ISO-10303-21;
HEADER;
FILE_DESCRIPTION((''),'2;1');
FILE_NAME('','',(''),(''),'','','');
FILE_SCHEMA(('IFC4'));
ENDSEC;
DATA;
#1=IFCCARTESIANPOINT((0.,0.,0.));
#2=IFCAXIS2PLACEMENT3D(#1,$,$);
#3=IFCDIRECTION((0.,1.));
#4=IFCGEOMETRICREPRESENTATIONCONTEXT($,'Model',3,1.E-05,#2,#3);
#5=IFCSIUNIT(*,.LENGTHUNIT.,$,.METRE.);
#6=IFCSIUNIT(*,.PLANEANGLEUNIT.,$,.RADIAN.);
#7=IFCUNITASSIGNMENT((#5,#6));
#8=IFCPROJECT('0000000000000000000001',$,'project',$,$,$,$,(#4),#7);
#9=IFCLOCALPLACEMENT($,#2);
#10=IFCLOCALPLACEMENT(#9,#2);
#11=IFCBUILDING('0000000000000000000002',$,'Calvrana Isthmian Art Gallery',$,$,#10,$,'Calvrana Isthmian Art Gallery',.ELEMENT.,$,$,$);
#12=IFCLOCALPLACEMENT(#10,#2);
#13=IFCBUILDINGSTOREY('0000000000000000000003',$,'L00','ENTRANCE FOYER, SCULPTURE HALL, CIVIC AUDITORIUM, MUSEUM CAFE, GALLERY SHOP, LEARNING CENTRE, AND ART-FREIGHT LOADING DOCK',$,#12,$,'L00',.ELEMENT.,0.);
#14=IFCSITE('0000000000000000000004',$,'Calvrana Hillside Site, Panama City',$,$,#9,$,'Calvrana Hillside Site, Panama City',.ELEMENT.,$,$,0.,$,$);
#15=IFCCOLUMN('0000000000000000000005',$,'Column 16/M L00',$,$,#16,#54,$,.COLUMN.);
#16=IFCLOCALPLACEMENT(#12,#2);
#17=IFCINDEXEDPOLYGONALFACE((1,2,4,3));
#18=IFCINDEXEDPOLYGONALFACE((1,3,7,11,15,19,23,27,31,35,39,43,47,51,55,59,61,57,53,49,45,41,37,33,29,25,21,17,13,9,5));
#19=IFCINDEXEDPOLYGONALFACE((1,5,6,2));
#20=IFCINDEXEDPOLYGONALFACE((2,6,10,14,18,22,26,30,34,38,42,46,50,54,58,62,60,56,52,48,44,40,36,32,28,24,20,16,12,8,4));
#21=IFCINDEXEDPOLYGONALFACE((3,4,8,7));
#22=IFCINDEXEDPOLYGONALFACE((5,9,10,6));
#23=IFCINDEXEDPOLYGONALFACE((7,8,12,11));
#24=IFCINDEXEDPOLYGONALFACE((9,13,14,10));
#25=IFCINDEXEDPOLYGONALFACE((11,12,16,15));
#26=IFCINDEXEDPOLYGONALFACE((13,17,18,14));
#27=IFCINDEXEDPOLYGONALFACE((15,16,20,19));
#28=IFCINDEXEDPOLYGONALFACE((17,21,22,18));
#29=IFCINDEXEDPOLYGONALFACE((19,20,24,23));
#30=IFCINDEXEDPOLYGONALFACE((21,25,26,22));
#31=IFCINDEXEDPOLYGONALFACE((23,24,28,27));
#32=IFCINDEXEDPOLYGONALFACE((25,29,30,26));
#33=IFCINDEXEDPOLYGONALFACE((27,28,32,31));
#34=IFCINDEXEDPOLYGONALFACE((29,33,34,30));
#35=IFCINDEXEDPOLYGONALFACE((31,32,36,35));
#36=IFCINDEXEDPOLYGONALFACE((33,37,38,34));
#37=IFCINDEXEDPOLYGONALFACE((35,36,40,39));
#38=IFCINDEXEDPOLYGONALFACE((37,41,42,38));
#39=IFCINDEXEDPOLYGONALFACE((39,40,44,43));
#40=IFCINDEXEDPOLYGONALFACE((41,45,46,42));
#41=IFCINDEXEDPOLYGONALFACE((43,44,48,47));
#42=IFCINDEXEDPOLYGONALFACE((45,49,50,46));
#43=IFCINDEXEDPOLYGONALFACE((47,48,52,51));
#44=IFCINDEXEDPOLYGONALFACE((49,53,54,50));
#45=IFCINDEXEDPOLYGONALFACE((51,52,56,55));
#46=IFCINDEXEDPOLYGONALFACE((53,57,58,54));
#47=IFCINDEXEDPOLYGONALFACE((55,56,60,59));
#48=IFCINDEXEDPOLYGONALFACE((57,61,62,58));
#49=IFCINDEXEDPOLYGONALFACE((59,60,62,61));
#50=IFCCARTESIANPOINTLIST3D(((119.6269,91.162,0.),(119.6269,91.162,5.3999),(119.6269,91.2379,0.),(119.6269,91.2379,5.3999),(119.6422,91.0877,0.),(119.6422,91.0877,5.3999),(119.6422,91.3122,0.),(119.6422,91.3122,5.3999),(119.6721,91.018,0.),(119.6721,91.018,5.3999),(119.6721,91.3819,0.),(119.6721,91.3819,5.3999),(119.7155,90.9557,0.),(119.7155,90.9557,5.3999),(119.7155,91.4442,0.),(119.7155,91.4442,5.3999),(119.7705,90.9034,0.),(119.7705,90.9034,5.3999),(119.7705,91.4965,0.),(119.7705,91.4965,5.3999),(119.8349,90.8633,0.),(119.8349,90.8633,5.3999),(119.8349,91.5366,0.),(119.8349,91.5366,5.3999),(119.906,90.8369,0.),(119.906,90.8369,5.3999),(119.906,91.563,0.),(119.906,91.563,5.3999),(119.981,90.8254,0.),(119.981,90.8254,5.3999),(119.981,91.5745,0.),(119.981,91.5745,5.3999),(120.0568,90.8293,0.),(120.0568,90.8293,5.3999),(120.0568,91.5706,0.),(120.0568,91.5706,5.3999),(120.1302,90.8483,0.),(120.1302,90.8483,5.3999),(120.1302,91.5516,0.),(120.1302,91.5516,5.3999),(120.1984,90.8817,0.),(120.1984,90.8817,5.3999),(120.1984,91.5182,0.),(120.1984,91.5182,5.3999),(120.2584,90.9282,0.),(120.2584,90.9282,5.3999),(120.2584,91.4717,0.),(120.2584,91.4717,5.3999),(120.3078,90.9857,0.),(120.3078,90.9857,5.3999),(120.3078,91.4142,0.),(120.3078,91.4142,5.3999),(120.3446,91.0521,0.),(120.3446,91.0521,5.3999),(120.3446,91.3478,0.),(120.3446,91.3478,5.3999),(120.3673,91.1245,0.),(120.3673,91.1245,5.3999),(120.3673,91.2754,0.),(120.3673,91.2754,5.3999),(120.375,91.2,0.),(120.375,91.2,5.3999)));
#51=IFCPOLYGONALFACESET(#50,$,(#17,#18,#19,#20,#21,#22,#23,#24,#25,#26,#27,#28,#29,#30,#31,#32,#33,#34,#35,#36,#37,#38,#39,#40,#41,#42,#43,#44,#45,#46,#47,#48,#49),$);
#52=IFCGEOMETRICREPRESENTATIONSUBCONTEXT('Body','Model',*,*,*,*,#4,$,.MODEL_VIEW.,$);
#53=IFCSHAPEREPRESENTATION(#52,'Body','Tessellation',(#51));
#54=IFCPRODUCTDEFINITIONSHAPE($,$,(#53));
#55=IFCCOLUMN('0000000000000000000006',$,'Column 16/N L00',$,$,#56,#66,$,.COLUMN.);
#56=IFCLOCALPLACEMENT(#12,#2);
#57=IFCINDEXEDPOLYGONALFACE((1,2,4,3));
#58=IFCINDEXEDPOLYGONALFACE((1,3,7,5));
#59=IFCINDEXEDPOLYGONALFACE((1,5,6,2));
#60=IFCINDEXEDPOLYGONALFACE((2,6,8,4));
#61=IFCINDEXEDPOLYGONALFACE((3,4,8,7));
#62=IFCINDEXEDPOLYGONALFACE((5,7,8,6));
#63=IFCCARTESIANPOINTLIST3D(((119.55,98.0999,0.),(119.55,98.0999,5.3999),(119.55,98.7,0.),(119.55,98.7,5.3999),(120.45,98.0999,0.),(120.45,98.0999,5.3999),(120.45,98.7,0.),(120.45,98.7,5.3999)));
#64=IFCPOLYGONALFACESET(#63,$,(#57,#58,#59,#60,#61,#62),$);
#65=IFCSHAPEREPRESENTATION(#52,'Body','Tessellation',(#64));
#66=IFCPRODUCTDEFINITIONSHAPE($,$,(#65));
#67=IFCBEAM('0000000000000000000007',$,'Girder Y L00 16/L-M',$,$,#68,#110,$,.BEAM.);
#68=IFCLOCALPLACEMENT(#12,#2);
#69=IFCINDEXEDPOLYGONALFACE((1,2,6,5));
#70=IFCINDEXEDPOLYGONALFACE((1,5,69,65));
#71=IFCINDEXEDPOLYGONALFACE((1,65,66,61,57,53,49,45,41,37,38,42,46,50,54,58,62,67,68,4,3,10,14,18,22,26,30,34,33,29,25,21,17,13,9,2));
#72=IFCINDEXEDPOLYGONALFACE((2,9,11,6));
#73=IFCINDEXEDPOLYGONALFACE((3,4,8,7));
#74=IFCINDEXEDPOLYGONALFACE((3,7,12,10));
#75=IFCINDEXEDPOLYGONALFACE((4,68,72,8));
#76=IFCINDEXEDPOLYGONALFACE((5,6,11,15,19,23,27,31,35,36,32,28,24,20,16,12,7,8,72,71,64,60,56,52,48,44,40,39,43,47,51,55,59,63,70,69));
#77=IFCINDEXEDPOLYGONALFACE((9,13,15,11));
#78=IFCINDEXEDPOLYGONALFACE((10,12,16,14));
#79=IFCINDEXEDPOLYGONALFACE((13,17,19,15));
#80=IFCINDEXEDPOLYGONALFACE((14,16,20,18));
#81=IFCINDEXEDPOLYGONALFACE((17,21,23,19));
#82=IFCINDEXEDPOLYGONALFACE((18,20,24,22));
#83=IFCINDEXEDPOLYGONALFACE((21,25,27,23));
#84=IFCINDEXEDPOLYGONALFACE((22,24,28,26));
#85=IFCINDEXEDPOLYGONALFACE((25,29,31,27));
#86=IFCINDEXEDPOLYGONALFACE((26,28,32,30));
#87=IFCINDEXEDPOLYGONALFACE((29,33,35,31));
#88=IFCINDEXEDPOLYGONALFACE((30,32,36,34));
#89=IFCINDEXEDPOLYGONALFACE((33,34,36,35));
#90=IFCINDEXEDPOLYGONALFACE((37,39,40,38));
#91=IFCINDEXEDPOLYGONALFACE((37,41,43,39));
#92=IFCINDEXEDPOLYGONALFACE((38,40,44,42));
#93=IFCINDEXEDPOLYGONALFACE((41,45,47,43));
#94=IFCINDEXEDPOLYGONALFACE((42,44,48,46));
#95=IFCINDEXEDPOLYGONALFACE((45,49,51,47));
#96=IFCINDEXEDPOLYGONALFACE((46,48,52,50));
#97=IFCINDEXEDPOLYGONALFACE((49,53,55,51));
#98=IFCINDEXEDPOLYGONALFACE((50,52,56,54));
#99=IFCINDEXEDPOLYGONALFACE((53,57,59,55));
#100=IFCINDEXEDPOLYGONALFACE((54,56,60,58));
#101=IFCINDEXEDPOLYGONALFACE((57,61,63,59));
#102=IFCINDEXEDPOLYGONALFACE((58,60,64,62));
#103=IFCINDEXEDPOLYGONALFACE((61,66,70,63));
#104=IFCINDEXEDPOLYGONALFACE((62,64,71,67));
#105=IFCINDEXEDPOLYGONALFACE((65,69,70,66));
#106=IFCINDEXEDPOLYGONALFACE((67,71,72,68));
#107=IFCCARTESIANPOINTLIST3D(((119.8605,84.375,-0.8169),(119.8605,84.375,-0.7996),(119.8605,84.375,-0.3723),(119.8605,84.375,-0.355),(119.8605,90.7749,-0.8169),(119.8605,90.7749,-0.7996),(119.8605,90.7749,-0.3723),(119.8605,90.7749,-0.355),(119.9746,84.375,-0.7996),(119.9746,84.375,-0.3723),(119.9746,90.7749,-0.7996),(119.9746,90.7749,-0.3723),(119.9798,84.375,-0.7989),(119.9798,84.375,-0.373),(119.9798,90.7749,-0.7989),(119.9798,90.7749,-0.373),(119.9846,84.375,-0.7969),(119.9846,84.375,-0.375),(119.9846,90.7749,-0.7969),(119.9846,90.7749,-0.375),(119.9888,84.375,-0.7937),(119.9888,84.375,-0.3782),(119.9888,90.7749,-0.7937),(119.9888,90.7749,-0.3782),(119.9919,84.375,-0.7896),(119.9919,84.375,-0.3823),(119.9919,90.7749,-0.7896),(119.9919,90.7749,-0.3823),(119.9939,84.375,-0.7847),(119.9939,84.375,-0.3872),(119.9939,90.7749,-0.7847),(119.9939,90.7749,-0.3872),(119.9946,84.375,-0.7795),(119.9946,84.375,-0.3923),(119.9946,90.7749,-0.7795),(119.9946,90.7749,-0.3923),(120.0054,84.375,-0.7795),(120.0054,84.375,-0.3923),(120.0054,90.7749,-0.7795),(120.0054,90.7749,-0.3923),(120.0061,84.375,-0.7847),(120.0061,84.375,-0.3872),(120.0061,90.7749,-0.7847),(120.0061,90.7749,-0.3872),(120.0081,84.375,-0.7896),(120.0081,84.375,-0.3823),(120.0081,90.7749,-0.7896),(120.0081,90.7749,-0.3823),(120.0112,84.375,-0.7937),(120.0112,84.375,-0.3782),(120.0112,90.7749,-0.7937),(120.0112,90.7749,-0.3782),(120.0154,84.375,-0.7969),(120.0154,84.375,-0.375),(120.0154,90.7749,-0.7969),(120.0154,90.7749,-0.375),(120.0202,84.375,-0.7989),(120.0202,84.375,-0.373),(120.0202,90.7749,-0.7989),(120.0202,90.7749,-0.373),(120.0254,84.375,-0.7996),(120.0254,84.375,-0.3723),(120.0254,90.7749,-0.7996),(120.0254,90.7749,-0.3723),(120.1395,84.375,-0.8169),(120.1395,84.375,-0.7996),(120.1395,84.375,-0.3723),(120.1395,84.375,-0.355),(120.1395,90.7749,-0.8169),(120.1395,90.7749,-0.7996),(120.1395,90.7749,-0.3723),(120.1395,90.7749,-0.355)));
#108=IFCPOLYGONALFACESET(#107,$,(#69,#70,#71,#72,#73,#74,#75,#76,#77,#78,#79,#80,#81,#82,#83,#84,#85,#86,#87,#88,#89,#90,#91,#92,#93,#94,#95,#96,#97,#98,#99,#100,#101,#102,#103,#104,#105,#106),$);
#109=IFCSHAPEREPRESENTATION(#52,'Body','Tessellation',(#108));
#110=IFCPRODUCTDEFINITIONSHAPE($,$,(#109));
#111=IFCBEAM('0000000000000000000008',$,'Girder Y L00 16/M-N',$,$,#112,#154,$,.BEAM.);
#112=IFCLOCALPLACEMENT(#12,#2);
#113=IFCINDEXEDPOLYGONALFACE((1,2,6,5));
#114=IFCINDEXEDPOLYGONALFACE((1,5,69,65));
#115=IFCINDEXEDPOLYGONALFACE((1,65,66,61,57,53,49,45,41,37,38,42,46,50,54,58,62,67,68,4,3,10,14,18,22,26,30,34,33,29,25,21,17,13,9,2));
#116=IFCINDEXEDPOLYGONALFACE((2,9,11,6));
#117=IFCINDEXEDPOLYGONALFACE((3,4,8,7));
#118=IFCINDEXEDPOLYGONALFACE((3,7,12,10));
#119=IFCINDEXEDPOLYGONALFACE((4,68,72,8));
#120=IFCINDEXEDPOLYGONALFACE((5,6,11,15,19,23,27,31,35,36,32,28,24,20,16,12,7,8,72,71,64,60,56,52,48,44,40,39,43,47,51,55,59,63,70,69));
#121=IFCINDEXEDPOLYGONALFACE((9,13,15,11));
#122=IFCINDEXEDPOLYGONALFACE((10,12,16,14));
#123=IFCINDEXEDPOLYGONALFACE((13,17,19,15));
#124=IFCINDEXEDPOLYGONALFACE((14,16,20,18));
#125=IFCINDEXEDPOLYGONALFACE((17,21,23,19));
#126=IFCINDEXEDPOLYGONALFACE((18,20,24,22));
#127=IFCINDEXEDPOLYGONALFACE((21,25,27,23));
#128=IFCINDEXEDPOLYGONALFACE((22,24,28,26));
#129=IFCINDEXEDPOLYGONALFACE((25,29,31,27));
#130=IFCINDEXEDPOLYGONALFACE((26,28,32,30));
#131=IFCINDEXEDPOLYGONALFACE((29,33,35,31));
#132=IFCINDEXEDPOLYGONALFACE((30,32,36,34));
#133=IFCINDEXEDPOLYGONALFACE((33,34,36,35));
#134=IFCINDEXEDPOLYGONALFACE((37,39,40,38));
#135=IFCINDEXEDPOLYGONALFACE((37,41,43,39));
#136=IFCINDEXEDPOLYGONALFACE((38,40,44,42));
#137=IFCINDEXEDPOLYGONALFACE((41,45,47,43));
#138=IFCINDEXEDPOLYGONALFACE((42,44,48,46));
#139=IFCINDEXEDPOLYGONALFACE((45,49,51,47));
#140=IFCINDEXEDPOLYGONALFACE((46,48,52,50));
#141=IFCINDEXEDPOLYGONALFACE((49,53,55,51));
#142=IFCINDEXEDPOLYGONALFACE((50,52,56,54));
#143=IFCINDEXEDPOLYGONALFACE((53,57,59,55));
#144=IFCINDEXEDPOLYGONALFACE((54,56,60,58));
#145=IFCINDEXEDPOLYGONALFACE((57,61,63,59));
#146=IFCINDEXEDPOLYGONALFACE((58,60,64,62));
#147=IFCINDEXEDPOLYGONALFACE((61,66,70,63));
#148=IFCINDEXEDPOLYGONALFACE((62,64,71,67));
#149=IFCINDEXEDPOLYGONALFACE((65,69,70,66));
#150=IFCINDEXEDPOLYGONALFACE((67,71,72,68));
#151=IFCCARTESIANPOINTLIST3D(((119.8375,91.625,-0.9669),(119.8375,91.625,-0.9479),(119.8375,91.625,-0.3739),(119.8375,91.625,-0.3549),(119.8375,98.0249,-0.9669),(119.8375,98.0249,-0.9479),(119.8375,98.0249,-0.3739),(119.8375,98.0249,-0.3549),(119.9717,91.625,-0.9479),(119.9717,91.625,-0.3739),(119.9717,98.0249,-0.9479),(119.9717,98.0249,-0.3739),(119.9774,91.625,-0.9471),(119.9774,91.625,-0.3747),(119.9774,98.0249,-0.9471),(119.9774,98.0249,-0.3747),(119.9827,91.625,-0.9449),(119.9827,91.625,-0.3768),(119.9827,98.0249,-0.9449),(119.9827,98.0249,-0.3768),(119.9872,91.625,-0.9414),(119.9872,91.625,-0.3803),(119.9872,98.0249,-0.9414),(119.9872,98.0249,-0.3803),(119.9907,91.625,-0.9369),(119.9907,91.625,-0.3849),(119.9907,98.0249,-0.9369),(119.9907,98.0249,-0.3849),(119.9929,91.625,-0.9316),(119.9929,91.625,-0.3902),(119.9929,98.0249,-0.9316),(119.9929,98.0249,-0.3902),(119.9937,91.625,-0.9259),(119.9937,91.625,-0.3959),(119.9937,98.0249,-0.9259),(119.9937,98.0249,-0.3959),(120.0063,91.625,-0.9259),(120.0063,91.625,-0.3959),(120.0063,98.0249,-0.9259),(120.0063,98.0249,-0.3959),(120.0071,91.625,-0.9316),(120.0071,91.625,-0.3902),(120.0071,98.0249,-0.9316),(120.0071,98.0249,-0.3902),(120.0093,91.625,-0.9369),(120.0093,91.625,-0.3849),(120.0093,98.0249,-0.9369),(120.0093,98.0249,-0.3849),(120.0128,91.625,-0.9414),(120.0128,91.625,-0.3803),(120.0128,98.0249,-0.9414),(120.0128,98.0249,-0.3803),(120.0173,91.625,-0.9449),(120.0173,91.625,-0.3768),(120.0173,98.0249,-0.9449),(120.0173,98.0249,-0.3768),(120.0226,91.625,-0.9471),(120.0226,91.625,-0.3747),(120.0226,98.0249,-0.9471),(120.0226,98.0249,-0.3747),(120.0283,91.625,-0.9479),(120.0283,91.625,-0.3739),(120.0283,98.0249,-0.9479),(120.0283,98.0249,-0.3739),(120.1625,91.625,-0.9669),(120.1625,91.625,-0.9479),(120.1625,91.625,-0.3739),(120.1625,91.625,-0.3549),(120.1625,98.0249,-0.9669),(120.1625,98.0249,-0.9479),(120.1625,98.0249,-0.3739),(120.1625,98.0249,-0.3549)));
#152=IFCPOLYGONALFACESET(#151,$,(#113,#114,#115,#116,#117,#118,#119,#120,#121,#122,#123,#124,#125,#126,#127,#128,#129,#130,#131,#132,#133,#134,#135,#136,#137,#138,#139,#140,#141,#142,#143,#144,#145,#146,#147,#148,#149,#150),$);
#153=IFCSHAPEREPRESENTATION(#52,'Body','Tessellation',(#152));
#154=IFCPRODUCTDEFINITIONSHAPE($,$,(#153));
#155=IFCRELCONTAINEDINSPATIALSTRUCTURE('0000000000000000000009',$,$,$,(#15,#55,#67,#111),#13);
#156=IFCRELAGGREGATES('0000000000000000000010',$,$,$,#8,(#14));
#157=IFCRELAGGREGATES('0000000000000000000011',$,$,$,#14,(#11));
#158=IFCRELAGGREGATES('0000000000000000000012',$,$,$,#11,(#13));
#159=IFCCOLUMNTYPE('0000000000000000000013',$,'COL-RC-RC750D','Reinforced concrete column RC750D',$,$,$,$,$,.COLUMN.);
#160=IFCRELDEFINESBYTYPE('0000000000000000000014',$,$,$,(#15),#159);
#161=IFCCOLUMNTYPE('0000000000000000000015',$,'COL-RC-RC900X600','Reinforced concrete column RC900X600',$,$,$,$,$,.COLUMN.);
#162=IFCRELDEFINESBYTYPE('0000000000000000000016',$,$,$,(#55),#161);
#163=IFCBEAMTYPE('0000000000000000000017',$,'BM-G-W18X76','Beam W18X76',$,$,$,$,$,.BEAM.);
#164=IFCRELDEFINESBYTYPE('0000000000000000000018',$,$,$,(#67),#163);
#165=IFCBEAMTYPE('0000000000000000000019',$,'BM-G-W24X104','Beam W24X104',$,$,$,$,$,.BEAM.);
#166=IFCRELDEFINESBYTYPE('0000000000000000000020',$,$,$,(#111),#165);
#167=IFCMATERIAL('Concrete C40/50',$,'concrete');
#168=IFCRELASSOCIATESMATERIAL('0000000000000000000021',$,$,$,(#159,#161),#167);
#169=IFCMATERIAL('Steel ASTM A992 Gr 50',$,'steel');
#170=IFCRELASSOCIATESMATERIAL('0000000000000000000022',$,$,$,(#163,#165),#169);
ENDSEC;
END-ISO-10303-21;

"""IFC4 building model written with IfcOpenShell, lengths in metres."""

from ifc_helpers import new_model, si_unit, direction, frame, origin, origin_2d, place, context, subcontext, project, spatial, rectangle, circle, i_section, extrude, material, material_profile, profile_set, type_object, element, save


model = new_model("IFC4")

# Units and contexts
model_context = context("Model", 3, precision=1e-05, world=origin(), true_north=direction((0.0, 1.0)))
body_context = subcontext(model_context, "Body", "Model", "MODEL_VIEW")
ifc_project = project(units=[si_unit("LENGTHUNIT", "METRE"), si_unit("PLANEANGLEUNIT", "RADIAN")], contexts=[model_context])

# Site, building, storey
site_placement = place(None, origin())
site = spatial("IfcSite", under=ifc_project, at=site_placement, Name="Calvrana Hillside Site, Panama City", LongName="Calvrana Hillside Site, Panama City", CompositionType="ELEMENT", RefElevation=0.0)
building_placement = place(site_placement, origin())
building = spatial("IfcBuilding", under=site, at=building_placement, Name="Calvrana Isthmian Art Gallery", LongName="Calvrana Isthmian Art Gallery", CompositionType="ELEMENT")
storey_placement = place(building_placement, origin())
storey = spatial("IfcBuildingStorey", under=building, at=storey_placement, Name="L00", Description="ENTRANCE FOYER, SCULPTURE HALL, CIVIC AUDITORIUM, MUSEUM CAFE, GALLERY SHOP, LEARNING CENTRE, AND ART-FREIGHT LOADING DOCK", LongName="L00", CompositionType="ELEMENT", Elevation=0.0)

# Columns
ifc_material_1 = material(Name="Concrete C40/50", Category="concrete")
ifc_material_profile_1 = material_profile(ifc_material_1, circle(Radius=0.375, at=origin_2d()), Name="RC750D")
ifc_profile_set_1 = profile_set([ifc_material_profile_1], Name="Concrete C40/50")
column_type_1 = type_object("IfcColumnType", Name="COL-RC-RC750D", Description="Reinforced concrete column RC750D", PredefinedType="COLUMN", material=ifc_profile_set_1)
column_1_placement = place(storey_placement, frame((120.0, 91.2, 0.0), z_axis=(0.0, 0.0, 1.0), x_axis=(1.0, 0.0, 0.0)))
element("IfcColumn", 1, at=column_1_placement, inside=storey, type_object=column_type_1, Name="Column 16/M L00", PredefinedType="COLUMN", context=body_context, shape_type="SweptSolid", body=[
    extrude(circle(Radius=0.375, at=origin_2d()), origin(), (0.0, 0.0, 1.0), 5.3999),
])
ifc_material_profile_2 = material_profile(ifc_material_1, rectangle(XDim=0.8999, YDim=0.6001, at=origin_2d()), Name="RC900X600")
ifc_profile_set_2 = profile_set([ifc_material_profile_2], Name="Concrete C40/50")
column_type_2 = type_object("IfcColumnType", Name="COL-RC-RC900X600", Description="Reinforced concrete column RC900X600", PredefinedType="COLUMN", material=ifc_profile_set_2)
column_2_placement = place(storey_placement, frame((120.0, 98.3999, 0.0), z_axis=(0.0, 0.0, 1.0), x_axis=(1.0, 0.0, 0.0)))
element("IfcColumn", 2, at=column_2_placement, inside=storey, type_object=column_type_2, Name="Column 16/N L00", PredefinedType="COLUMN", context=body_context, shape_type="SweptSolid", body=[
    extrude(rectangle(XDim=0.8999, YDim=0.6001, at=origin_2d()), origin(), (0.0, 0.0, 1.0), 5.3999),
])

# Beams
ifc_material_2 = material(Name="Steel ASTM A992 Gr 50", Category="steel")
ifc_material_profile_3 = material_profile(ifc_material_2, i_section(OverallWidth=0.2791, OverallDepth=0.4619, WebThickness=0.0107, FlangeThickness=0.0173, FilletRadius=0.02, at=origin_2d()), Name="W18X76")
ifc_profile_set_3 = profile_set([ifc_material_profile_3], Name="Steel ASTM A992 Gr 50")
beam_type_1 = type_object("IfcBeamType", Name="BM-G-W18X76", Description="Beam W18X76", PredefinedType="BEAM", material=ifc_profile_set_3)
beam_1_placement = place(storey_placement, frame((120.0, 84.375, -0.5859), z_axis=(0.0, 1.0, 0.0), x_axis=(-1.0, 0.0, 0.0)))
element("IfcBeam", 3, at=beam_1_placement, inside=storey, type_object=beam_type_1, Name="Girder Y L00 16/L-M", PredefinedType="BEAM", context=body_context, shape_type="SweptSolid", body=[
    extrude(i_section(OverallWidth=0.2791, OverallDepth=0.4619, WebThickness=0.0107, FlangeThickness=0.0173, FilletRadius=0.02, at=origin_2d()), origin(), (0.0, 0.0, 1.0), 6.3999),
])
ifc_material_profile_4 = material_profile(ifc_material_2, i_section(OverallWidth=0.325, OverallDepth=0.6121, WebThickness=0.0127, FlangeThickness=0.019, FilletRadius=0.022, at=origin_2d()), Name="W24X104")
ifc_profile_set_4 = profile_set([ifc_material_profile_4], Name="Steel ASTM A992 Gr 50")
beam_type_2 = type_object("IfcBeamType", Name="BM-G-W24X104", Description="Beam W24X104", PredefinedType="BEAM", material=ifc_profile_set_4)
beam_2_placement = place(storey_placement, frame((120.0, 91.625, -0.6609), z_axis=(0.0, 1.0, 0.0), x_axis=(-1.0, 0.0, 0.0)))
element("IfcBeam", 4, at=beam_2_placement, inside=storey, type_object=beam_type_2, Name="Girder Y L00 16/M-N", PredefinedType="BEAM", context=body_context, shape_type="SweptSolid", body=[
    extrude(i_section(OverallWidth=0.325, OverallDepth=0.6121, WebThickness=0.0127, FlangeThickness=0.019, FilletRadius=0.022, at=origin_2d()), origin(), (0.0, 0.0, 1.0), 6.3999),
])

save(model, "model.ifc")
